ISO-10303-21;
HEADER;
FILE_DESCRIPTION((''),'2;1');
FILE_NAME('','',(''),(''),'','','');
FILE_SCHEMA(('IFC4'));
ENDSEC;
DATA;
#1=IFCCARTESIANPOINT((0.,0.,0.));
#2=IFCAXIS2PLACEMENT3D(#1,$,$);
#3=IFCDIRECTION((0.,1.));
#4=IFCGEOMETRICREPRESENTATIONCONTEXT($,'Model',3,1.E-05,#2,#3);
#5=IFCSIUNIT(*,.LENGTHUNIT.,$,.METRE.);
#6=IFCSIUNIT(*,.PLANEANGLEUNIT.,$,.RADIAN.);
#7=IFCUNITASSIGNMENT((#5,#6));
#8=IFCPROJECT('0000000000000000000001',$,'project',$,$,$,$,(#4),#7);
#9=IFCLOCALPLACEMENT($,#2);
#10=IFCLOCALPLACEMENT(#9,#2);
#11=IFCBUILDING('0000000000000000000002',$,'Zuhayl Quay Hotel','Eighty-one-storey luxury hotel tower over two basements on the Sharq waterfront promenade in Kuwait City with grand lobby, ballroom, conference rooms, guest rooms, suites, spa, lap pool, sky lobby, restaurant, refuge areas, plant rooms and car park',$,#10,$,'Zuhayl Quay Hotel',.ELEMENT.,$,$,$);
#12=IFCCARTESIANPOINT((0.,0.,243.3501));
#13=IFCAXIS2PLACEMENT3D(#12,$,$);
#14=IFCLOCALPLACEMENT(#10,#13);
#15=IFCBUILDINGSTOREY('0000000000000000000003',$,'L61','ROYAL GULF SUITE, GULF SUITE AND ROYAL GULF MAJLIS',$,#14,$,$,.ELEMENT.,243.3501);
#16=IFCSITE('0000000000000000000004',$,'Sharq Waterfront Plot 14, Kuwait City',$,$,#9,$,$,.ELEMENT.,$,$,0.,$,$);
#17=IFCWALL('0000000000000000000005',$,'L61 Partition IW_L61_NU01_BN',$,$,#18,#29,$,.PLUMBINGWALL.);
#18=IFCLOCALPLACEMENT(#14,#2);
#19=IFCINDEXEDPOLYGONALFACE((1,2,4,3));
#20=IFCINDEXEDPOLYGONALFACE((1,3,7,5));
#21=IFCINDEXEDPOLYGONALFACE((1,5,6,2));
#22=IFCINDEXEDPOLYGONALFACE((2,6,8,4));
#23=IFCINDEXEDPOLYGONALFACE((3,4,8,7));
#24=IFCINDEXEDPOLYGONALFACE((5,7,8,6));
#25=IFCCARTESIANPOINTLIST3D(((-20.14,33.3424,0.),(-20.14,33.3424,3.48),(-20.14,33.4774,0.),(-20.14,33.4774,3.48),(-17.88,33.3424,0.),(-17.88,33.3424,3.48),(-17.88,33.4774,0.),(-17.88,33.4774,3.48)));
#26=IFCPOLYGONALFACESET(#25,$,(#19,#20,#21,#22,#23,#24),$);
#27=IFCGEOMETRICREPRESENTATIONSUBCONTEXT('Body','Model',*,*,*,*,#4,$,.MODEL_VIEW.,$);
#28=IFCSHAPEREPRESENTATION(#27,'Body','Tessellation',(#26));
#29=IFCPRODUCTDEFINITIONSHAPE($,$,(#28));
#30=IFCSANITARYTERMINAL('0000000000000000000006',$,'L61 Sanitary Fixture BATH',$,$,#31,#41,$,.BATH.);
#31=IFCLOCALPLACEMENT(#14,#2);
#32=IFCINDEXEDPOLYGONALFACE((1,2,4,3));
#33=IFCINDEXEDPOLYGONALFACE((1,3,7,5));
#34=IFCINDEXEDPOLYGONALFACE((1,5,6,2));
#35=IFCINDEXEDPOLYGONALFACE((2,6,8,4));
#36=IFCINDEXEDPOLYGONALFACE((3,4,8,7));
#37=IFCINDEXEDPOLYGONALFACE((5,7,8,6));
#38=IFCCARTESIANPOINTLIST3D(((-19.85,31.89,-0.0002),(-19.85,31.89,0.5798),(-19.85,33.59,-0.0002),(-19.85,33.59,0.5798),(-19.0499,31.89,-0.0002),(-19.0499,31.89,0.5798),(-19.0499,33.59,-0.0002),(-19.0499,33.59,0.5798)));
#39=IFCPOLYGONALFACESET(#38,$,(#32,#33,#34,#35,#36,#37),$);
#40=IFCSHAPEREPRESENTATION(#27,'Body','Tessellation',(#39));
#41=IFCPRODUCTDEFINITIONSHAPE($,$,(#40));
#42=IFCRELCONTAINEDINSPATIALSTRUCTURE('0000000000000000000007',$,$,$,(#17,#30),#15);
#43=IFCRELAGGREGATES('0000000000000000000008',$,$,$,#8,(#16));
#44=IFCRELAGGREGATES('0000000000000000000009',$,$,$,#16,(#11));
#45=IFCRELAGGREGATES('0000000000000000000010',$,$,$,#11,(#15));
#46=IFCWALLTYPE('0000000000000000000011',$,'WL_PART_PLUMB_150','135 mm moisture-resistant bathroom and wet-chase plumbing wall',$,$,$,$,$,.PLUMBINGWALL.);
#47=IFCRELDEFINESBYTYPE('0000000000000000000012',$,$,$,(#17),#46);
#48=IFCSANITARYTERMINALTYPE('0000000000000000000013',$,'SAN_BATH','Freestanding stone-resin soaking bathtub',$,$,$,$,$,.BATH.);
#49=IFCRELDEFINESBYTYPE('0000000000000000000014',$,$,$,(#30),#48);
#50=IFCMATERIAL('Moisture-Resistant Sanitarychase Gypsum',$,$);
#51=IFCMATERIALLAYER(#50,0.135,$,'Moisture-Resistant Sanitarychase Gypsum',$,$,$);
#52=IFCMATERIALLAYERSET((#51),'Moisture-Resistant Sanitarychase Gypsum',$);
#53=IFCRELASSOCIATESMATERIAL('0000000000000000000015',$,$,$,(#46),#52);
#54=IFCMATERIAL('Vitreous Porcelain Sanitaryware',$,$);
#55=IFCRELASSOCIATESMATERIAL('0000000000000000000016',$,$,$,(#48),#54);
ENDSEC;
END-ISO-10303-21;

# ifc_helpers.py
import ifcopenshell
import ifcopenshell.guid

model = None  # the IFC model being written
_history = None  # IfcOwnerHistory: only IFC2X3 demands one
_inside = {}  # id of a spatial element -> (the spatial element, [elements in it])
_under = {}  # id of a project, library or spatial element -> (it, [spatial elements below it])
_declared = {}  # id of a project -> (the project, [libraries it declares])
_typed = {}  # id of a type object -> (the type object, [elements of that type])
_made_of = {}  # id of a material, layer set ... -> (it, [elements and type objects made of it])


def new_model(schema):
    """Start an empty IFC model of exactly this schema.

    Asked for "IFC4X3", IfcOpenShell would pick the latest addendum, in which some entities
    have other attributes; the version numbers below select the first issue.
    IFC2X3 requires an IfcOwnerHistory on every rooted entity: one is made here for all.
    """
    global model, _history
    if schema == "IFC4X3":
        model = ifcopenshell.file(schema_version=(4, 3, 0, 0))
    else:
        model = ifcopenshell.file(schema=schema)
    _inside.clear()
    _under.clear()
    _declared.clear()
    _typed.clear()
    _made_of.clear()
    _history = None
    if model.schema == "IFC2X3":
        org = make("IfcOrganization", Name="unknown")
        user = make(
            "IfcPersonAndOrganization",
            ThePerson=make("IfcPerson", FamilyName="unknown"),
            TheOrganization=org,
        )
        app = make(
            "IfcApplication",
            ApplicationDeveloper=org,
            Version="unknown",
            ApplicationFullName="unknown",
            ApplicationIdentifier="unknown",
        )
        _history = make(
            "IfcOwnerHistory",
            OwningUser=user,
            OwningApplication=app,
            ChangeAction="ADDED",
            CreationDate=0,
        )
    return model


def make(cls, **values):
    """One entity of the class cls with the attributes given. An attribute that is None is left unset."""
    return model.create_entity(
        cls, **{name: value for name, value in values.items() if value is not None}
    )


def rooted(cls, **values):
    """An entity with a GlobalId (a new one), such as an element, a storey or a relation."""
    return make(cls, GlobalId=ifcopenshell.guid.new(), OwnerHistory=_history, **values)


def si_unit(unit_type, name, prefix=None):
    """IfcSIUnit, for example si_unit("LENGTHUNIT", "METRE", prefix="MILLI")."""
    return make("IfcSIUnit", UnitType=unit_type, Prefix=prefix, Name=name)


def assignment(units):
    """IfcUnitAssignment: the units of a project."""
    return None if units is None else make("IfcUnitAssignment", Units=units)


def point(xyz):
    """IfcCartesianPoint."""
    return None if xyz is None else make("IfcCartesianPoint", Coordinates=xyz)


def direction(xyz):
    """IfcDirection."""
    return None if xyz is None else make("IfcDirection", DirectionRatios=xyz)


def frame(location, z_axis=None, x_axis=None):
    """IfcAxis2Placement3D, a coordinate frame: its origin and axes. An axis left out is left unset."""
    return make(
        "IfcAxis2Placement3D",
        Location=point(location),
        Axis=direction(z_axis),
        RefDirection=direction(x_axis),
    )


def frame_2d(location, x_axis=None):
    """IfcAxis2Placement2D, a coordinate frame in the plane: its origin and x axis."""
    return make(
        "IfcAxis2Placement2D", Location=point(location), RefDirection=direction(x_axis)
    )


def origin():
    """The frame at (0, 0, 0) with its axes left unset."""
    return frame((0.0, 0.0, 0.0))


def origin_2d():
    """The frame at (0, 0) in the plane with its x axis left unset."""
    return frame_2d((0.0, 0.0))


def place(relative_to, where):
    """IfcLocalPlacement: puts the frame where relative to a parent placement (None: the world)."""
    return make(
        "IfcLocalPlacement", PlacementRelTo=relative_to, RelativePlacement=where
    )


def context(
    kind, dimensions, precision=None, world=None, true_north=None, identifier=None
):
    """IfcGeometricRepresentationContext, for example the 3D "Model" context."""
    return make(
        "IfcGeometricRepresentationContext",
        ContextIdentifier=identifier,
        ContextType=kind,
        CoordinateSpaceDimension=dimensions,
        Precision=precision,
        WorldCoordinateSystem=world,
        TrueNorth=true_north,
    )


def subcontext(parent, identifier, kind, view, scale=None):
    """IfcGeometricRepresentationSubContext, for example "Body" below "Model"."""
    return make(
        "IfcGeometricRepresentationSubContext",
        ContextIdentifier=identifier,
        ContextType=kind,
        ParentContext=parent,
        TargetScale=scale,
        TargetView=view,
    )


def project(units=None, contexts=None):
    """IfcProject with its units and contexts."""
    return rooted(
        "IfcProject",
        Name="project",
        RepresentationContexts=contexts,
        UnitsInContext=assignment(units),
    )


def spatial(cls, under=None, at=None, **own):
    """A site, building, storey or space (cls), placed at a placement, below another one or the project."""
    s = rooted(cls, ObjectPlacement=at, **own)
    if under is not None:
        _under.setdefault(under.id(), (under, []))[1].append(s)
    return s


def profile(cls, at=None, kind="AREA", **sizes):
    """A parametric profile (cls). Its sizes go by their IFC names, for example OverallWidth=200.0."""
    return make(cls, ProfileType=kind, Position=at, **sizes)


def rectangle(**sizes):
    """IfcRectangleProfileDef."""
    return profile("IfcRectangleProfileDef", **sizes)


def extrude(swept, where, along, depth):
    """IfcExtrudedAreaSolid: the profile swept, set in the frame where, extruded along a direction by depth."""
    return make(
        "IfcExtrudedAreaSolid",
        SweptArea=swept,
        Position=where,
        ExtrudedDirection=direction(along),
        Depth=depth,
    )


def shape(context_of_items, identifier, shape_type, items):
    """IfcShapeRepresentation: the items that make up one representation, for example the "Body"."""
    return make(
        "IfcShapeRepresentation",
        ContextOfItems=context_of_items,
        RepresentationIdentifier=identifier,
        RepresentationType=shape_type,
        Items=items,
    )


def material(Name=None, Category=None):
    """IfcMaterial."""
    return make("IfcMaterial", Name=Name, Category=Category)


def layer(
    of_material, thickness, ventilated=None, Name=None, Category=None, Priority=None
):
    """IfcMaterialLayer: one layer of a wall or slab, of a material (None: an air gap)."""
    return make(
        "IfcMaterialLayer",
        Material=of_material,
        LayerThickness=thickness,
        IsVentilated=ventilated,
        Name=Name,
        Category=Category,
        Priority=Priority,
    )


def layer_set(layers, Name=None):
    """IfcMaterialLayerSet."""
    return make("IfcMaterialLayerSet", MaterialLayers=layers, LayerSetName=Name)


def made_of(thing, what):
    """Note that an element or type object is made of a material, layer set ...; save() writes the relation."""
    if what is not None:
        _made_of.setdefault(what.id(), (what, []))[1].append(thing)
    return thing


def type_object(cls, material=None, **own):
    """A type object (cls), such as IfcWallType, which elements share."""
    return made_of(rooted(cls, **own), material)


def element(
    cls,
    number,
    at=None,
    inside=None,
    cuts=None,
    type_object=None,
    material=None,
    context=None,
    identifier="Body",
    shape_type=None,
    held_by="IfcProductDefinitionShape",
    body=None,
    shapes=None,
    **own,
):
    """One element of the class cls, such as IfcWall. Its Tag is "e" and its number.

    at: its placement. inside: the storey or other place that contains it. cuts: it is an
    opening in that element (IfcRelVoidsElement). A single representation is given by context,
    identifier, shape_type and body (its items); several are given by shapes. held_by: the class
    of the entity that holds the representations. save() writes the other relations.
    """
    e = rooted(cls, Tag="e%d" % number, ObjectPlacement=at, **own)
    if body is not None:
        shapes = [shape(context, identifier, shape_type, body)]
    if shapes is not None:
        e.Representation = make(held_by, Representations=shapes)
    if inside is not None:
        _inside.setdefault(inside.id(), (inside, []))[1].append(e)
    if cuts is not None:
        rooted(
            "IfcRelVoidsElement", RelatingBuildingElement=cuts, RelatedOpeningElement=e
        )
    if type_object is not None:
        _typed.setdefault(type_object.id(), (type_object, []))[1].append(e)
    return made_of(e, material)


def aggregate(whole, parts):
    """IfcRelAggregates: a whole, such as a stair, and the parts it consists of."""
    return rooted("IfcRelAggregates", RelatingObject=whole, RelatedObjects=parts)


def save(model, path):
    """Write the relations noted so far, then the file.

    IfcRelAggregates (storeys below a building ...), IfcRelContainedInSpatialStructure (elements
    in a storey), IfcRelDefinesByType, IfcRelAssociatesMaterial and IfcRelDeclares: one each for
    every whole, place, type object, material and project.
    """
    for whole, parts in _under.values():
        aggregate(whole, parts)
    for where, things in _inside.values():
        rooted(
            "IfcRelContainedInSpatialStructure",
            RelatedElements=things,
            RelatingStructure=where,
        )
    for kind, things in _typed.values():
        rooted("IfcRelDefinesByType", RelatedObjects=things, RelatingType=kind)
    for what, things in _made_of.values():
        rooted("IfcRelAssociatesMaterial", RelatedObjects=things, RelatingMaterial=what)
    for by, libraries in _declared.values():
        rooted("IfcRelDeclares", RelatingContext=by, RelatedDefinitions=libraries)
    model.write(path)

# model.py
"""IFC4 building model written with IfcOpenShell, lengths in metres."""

from ifc_helpers import new_model, si_unit, direction, frame, frame_2d, origin, origin_2d, place, context, subcontext, project, spatial, rectangle, extrude, material, layer, layer_set, type_object, element, save


model = new_model("IFC4")

# Units and contexts
model_context = context("Model", 3, precision=1e-05, world=origin(), true_north=direction((0.0, 1.0)))
body_context = subcontext(model_context, "Body", "Model", "MODEL_VIEW")
ifc_project = project(units=[si_unit("LENGTHUNIT", "METRE"), si_unit("PLANEANGLEUNIT", "RADIAN")], contexts=[model_context])

# Site, building, storey
site_placement = place(None, origin())
site = spatial("IfcSite", under=ifc_project, at=site_placement, Name="Sharq Waterfront Plot 14, Kuwait City", CompositionType="ELEMENT", RefElevation=0.0)
building_placement = place(site_placement, origin())
building = spatial("IfcBuilding", under=site, at=building_placement, Name="Zuhayl Quay Hotel", Description="Eighty-one-storey luxury hotel tower over two basements on the Sharq waterfront promenade in Kuwait City with grand lobby, ballroom, conference rooms, guest rooms, suites, spa, lap pool, sky lobby, restaurant, refuge areas, plant rooms and car park", LongName="Zuhayl Quay Hotel", CompositionType="ELEMENT")
storey_placement = place(building_placement, frame((0.0, 0.0, 243.3501)))
storey = spatial("IfcBuildingStorey", under=building, at=storey_placement, Name="L61", Description="ROYAL GULF SUITE, GULF SUITE AND ROYAL GULF MAJLIS", CompositionType="ELEMENT", Elevation=243.3501)

# Wall
ifc_material_1 = material(Name="Moisture-Resistant Sanitarychase Gypsum")
ifc_layer_1 = layer(ifc_material_1, 0.135, Name="Moisture-Resistant Sanitarychase Gypsum")
ifc_layer_set_1 = layer_set([ifc_layer_1], Name="Moisture-Resistant Sanitarychase Gypsum")
wall_type_1 = type_object("IfcWallType", Name="WL_PART_PLUMB_150", Description="135 mm moisture-resistant bathroom and wet-chase plumbing wall", PredefinedType="PLUMBINGWALL", material=ifc_layer_set_1)
wall_1_placement = place(storey_placement, frame((-20.1399, 33.4099, 0.0), z_axis=(0.0, 0.0, 1.0), x_axis=(1.0, 0.0, 0.0)))
element("IfcWall", 1, at=wall_1_placement, inside=storey, type_object=wall_type_1, Name="L61 Partition IW_L61_NU01_BN", PredefinedType="PLUMBINGWALL", context=body_context, shape_type="SweptSolid", body=[
    extrude(rectangle(XDim=2.26, YDim=0.135, at=frame_2d((1.1299, 0.0))), origin(), (0.0, 0.0, 1.0), 3.48),
])

# Sanitary terminal
ifc_material_2 = material(Name="Vitreous Porcelain Sanitaryware")
sanitary_terminal_type = type_object("IfcSanitaryTerminalType", Name="SAN_BATH", Description="Freestanding stone-resin soaking bathtub", PredefinedType="BATH", material=ifc_material_2)
sanitary_terminal_placement = place(storey_placement, frame((-19.45, 32.74, -0.0002), z_axis=(0.0, 0.0, 1.0), x_axis=(1.0, 0.0, 0.0)))
element("IfcSanitaryTerminal", 2, at=sanitary_terminal_placement, inside=storey, type_object=sanitary_terminal_type, Name="L61 Sanitary Fixture BATH", PredefinedType="BATH", context=body_context, shape_type="SweptSolid", body=[
    extrude(rectangle(XDim=0.8, YDim=1.7, at=origin_2d()), origin(), (0.0, 0.0, 1.0), 0.5801),
])

save(model, "model.ifc")
